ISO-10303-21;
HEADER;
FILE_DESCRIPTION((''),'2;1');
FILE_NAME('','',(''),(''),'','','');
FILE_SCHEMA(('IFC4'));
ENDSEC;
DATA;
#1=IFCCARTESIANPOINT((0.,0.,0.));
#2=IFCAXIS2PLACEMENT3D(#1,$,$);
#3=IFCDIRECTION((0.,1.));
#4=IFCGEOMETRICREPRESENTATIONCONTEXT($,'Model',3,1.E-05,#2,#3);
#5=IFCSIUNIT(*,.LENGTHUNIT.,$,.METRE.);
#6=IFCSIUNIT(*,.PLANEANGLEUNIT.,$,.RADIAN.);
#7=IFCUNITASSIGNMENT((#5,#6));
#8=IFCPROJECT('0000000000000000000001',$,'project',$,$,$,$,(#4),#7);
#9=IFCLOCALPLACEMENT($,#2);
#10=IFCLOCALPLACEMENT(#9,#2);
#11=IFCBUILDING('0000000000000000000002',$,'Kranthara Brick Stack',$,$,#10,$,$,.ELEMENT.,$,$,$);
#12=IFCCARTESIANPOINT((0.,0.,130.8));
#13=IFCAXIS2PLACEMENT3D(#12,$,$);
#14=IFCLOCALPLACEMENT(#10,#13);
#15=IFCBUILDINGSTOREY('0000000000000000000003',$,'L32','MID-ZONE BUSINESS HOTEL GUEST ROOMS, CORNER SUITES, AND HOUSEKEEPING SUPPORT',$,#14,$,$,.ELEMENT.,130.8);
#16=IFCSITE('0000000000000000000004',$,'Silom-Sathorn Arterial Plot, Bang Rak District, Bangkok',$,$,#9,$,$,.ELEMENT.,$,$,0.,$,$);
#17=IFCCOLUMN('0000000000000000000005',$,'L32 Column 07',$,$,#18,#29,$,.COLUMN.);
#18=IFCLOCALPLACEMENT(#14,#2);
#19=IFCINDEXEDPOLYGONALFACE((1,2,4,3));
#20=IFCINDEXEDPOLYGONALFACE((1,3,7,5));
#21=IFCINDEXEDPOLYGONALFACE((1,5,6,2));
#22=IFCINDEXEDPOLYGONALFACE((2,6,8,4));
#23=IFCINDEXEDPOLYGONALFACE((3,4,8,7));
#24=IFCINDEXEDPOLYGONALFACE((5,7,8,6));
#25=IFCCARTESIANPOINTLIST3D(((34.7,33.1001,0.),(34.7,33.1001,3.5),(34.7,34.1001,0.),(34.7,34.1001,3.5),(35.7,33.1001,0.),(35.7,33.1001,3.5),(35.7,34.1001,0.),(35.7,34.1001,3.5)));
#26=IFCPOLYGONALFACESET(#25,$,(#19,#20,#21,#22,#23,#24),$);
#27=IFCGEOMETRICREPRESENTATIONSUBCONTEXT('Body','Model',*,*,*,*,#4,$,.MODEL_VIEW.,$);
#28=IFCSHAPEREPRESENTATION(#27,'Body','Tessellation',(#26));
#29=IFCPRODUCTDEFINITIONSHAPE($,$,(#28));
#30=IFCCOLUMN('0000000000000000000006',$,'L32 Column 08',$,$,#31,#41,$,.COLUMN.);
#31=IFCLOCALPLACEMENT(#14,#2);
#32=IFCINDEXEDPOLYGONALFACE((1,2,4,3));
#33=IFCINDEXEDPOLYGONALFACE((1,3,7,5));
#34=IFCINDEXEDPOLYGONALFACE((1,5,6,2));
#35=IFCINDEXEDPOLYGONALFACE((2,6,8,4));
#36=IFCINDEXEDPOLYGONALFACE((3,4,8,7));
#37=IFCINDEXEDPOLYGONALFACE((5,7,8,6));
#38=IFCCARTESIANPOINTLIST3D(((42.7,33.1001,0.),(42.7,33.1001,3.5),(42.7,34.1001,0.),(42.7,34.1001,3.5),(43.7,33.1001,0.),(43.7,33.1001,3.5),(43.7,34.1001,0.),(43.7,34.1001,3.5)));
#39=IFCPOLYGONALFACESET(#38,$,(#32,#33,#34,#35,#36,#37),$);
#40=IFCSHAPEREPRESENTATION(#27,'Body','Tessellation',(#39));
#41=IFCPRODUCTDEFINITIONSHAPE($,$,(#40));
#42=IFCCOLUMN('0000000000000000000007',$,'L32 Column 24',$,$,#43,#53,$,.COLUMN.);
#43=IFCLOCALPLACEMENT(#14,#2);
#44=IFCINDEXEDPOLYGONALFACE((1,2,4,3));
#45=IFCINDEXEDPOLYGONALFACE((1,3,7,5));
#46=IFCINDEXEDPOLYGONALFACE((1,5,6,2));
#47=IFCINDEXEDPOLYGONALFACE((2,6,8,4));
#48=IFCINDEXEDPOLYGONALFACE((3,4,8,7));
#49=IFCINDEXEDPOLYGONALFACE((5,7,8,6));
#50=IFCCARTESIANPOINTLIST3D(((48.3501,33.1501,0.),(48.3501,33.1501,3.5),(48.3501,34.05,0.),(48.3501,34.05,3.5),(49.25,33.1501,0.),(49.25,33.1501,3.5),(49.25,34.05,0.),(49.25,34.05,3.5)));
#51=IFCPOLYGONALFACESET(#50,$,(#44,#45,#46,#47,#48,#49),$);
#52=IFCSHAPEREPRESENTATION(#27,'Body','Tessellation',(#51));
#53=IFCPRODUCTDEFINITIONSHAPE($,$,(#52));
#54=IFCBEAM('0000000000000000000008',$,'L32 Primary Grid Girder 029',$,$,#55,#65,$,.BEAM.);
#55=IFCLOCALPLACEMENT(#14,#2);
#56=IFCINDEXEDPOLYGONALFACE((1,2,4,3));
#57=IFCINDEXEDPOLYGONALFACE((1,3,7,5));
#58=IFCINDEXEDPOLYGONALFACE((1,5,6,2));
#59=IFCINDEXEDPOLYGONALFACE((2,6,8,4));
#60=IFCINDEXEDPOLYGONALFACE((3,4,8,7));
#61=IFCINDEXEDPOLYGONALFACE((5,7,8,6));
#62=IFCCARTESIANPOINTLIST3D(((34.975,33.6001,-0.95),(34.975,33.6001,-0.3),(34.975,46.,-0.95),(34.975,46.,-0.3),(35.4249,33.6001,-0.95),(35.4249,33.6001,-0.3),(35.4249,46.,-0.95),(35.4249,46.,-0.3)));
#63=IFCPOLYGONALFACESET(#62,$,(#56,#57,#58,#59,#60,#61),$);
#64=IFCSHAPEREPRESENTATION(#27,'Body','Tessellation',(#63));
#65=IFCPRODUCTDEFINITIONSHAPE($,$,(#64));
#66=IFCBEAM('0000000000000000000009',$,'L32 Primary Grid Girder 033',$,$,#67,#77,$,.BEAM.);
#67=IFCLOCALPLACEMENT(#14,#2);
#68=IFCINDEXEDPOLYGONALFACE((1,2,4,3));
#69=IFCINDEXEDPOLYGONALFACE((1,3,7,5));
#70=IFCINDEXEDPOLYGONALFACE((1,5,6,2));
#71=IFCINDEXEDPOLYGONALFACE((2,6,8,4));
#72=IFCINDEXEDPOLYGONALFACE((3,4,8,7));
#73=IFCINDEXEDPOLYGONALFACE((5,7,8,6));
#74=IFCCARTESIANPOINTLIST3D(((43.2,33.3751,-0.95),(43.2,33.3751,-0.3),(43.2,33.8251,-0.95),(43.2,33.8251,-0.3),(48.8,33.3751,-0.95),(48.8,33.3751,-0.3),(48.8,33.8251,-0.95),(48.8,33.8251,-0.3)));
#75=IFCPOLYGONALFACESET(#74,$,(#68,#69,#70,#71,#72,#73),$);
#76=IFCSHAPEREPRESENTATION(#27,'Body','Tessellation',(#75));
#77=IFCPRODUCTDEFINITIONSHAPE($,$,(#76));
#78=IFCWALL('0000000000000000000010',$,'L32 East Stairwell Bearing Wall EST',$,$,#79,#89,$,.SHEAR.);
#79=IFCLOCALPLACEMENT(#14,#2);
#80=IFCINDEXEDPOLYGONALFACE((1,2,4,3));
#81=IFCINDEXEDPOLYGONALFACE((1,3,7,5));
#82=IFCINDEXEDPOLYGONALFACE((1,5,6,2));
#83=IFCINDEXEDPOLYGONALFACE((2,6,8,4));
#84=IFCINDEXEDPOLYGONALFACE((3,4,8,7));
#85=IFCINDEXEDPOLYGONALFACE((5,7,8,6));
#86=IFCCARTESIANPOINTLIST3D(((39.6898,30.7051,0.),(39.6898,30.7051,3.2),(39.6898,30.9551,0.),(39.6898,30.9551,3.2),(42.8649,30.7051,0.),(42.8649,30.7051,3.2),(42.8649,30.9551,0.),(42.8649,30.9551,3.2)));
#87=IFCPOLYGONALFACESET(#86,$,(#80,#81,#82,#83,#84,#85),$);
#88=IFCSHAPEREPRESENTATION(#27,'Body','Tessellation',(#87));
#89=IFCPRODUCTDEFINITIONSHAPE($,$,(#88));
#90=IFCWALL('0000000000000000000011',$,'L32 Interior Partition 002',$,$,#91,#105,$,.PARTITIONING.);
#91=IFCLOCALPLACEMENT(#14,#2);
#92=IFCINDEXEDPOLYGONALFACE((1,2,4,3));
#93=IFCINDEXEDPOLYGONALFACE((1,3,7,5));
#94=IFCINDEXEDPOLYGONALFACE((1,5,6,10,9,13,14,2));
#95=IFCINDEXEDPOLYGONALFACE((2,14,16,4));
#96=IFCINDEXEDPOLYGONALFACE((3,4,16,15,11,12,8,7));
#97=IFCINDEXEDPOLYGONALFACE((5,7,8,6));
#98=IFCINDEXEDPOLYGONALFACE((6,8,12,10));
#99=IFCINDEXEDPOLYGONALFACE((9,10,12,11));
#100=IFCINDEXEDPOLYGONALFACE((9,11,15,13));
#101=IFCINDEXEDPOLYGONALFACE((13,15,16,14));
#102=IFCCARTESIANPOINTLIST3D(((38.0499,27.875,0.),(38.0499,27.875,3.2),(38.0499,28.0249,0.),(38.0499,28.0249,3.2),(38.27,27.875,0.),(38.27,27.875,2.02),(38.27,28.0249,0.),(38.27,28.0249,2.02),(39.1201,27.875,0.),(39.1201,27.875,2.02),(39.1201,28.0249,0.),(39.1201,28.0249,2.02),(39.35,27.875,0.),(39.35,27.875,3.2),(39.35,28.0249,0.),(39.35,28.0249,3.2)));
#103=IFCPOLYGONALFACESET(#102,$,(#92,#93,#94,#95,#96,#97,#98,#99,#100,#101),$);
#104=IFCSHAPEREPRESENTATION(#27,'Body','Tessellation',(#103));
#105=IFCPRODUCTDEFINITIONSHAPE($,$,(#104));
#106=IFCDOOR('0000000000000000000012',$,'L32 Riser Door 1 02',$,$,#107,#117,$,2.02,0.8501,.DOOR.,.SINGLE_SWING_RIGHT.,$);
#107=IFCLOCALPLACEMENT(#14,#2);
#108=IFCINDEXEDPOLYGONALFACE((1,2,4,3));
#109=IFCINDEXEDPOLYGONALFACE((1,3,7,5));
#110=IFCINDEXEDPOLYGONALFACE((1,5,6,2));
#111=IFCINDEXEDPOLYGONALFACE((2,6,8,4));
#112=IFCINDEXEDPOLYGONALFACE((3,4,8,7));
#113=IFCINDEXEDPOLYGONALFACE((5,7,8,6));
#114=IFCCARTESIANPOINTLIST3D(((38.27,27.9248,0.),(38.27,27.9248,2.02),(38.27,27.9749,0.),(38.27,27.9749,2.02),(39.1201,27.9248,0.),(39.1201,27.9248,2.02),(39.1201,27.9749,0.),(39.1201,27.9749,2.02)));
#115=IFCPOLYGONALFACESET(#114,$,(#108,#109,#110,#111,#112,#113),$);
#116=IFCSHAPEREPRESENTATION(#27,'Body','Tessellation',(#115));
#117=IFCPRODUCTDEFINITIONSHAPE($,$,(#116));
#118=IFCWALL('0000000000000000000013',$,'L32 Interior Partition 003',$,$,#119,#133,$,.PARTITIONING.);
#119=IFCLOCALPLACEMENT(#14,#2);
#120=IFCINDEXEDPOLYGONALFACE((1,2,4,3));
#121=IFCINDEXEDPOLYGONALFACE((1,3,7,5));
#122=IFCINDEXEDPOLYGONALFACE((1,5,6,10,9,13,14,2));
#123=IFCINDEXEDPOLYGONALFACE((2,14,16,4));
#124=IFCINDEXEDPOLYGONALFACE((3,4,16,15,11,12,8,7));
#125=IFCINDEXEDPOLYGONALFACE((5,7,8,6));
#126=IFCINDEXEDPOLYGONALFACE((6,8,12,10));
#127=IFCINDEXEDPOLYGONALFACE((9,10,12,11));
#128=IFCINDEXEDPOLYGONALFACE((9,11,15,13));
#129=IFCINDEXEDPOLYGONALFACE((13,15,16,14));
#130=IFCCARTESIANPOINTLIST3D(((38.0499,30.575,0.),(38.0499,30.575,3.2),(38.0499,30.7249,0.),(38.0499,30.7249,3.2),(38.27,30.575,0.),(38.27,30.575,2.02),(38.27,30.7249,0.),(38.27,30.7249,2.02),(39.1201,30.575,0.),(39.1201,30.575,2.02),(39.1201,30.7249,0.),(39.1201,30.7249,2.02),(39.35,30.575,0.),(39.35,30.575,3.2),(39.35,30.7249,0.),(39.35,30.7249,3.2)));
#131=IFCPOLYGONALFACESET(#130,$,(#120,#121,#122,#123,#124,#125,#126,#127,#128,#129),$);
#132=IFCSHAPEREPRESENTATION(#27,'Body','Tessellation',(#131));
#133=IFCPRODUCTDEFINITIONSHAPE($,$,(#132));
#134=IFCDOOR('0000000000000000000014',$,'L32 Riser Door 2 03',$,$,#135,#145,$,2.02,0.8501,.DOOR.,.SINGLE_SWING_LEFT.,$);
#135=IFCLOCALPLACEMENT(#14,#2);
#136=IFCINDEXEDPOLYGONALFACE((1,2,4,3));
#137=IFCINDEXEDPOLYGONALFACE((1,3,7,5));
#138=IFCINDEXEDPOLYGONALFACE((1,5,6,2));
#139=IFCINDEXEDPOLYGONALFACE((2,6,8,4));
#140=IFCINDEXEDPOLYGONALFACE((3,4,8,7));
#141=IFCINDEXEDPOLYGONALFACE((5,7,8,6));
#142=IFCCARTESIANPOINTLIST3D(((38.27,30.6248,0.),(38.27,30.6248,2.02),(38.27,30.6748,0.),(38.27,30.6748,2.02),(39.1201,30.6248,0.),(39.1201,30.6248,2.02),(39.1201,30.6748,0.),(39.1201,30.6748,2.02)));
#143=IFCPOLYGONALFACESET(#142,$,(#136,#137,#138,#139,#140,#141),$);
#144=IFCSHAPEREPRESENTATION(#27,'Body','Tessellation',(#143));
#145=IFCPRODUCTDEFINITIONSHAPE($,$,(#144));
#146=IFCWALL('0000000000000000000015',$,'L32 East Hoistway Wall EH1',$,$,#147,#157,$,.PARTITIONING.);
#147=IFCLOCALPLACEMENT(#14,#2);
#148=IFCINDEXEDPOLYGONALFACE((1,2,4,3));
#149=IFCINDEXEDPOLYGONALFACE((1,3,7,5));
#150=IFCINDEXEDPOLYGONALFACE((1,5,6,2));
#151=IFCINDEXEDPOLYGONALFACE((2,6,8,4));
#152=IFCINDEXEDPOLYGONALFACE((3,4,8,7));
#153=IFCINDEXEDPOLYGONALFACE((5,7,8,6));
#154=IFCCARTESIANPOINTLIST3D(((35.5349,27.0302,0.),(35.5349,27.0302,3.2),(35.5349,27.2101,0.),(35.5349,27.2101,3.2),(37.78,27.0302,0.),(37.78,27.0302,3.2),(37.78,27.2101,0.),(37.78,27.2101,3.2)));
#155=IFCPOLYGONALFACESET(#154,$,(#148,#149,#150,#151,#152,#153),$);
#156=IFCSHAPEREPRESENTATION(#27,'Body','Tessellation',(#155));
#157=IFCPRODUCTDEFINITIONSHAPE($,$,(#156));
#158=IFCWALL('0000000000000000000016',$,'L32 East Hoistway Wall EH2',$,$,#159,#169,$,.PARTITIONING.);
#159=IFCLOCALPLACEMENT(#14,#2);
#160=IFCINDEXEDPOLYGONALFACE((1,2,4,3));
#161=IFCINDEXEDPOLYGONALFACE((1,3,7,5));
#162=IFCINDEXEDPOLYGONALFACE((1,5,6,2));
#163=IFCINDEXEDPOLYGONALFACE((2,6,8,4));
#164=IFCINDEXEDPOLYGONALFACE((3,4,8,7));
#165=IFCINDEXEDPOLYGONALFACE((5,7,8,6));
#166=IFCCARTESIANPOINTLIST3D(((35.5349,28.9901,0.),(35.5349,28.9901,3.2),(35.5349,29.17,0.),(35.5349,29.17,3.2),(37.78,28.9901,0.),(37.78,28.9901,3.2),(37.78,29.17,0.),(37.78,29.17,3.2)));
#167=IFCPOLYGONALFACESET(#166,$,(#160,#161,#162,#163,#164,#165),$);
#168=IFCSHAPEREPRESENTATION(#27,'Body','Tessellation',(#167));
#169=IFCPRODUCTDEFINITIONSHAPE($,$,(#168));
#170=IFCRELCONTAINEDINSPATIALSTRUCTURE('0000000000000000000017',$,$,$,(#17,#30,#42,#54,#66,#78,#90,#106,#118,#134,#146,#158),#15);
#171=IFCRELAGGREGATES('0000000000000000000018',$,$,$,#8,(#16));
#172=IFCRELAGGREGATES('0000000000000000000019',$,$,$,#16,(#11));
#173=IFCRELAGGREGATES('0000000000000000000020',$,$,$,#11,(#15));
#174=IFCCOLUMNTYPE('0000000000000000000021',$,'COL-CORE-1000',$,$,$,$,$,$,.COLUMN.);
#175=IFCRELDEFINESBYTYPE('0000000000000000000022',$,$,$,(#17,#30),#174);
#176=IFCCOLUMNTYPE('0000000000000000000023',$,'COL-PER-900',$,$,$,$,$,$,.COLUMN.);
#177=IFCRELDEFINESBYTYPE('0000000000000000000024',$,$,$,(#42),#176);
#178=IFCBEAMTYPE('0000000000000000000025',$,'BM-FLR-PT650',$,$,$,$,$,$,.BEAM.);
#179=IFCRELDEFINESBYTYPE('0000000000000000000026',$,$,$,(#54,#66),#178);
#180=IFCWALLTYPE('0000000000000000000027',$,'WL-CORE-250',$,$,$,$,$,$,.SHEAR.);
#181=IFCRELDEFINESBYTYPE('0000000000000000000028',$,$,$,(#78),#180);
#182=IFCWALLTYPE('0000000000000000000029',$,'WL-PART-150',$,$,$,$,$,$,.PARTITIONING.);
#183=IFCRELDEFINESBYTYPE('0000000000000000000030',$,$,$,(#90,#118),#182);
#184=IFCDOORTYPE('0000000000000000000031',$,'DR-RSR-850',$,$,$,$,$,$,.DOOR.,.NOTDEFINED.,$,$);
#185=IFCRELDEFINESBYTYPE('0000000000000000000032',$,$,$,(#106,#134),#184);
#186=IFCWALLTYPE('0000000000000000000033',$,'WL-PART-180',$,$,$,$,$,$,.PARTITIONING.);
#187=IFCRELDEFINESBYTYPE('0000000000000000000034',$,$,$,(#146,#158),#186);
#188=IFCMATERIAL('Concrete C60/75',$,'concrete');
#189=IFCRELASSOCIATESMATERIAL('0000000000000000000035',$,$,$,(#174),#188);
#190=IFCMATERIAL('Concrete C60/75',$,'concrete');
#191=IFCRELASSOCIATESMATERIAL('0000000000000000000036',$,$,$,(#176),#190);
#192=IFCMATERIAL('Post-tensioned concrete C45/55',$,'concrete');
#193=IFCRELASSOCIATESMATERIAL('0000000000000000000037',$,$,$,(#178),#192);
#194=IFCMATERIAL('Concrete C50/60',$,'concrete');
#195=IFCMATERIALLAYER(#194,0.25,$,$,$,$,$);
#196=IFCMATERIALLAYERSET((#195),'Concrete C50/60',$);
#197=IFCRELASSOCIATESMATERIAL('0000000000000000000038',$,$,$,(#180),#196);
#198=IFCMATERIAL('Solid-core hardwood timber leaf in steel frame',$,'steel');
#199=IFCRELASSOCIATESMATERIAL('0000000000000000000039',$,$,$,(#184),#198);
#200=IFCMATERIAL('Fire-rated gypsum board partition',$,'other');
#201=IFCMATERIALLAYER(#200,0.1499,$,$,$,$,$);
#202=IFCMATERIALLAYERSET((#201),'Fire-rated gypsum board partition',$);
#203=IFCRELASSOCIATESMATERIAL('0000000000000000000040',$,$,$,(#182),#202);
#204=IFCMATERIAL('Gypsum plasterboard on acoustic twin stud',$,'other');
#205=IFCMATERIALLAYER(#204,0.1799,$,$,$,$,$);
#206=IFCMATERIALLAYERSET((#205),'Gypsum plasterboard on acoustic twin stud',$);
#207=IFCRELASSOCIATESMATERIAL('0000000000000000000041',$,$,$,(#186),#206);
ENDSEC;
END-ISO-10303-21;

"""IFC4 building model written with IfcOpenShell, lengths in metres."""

from ifc_helpers import new_model, si_unit, direction, frame, frame_2d, origin, origin_2d, place, context, subcontext, project, spatial, rectangle, extrude, material, layer, layer_set, material_profile, profile_set, type_object, element, fill, save


model = new_model("IFC4")

# Units and contexts
model_context = context("Model", 3, precision=1e-05, world=origin(), true_north=direction((0.0, 1.0)))
body_context = subcontext(model_context, "Body", "Model", "MODEL_VIEW")
ifc_project = project(units=[si_unit("LENGTHUNIT", "METRE"), si_unit("PLANEANGLEUNIT", "RADIAN")], contexts=[model_context])

# Site, building, storey
site_placement = place(None, origin())
site = spatial("IfcSite", under=ifc_project, at=site_placement, Name="Silom-Sathorn Arterial Plot, Bang Rak District, Bangkok", CompositionType="ELEMENT", RefElevation=0.0)
building_placement = place(site_placement, origin())
building = spatial("IfcBuilding", under=site, at=building_placement, Name="Kranthara Brick Stack", CompositionType="ELEMENT")
storey_placement = place(building_placement, frame((0.0, 0.0, 130.8)))
storey = spatial("IfcBuildingStorey", under=building, at=storey_placement, Name="L32", Description="MID-ZONE BUSINESS HOTEL GUEST ROOMS, CORNER SUITES, AND HOUSEKEEPING SUPPORT", CompositionType="ELEMENT", Elevation=130.8)

# Columns
ifc_material_1 = material(Name="Concrete C60/75", Category="concrete")
ifc_material_profile_1 = material_profile(ifc_material_1, rectangle(XDim=1.0, YDim=1.0, at=origin_2d()), Name="RC 1000x1000")
ifc_profile_set_1 = profile_set([ifc_material_profile_1], Name="Concrete C60/75")
column_type_1 = type_object("IfcColumnType", Name="COL-CORE-1000", PredefinedType="COLUMN", material=ifc_profile_set_1)
for number, where, z_axis, x_axis, name in (
    (1, (35.2, 33.6001, 0.0), (0.0, 0.0, 1.0), (1.0, 0.0, 0.0), "L32 Column 07"),
    (2, (43.2, 33.6001, 0.0), (0.0, 0.0, 1.0), (1.0, 0.0, 0.0), "L32 Column 08"),
):
    element("IfcColumn", number, at=place(storey_placement, frame(where, z_axis=z_axis, x_axis=x_axis)), inside=storey, type_object=column_type_1, Name=name, PredefinedType="COLUMN", context=body_context, shape_type="SweptSolid", body=[
        extrude(rectangle(XDim=1.0, YDim=1.0, at=origin_2d()), origin(), (0.0, 0.0, 1.0), 3.5),
    ])
ifc_material_2 = material(Name="Concrete C60/75", Category="concrete")
ifc_material_profile_2 = material_profile(ifc_material_2, rectangle(XDim=0.8999, YDim=0.8999, at=origin_2d()), Name="RC 900x900")
ifc_profile_set_2 = profile_set([ifc_material_profile_2], Name="Concrete C60/75")
column_type_2 = type_object("IfcColumnType", Name="COL-PER-900", PredefinedType="COLUMN", material=ifc_profile_set_2)
column_placement = place(storey_placement, frame((48.8, 33.6001, 0.0), z_axis=(0.0, 0.0, 1.0), x_axis=(1.0, 0.0, 0.0)))
element("IfcColumn", 3, at=column_placement, inside=storey, type_object=column_type_2, Name="L32 Column 24", PredefinedType="COLUMN", context=body_context, shape_type="SweptSolid", body=[
    extrude(rectangle(XDim=0.8999, YDim=0.8999, at=origin_2d()), origin(), (0.0, 0.0, 1.0), 3.5),
])

# Beams
ifc_material_3 = material(Name="Post-tensioned concrete C45/55", Category="concrete")
ifc_material_profile_3 = material_profile(ifc_material_3, rectangle(XDim=0.45, YDim=0.6499, at=origin_2d()), Name="PT 450x650")
ifc_profile_set_3 = profile_set([ifc_material_profile_3], Name="Post-tensioned concrete C45/55")
beam_type = type_object("IfcBeamType", Name="BM-FLR-PT650", PredefinedType="BEAM", material=ifc_profile_set_3)
beam_1_placement = place(storey_placement, frame((35.2, 33.6001, -0.625), z_axis=(0.0, 1.0, 0.0), x_axis=(-1.0, 0.0, 0.0)))
element("IfcBeam", 4, at=beam_1_placement, inside=storey, type_object=beam_type, Name="L32 Primary Grid Girder 029", PredefinedType="BEAM", context=body_context, shape_type="SweptSolid", body=[
    extrude(rectangle(XDim=0.45, YDim=0.6499, at=origin_2d()), origin(), (0.0, 0.0, 1.0), 12.3999),
])
beam_2_placement = place(storey_placement, frame((43.2, 33.6001, -0.625), z_axis=(1.0, 0.0, 0.0), x_axis=(0.0, 1.0, 0.0)))
element("IfcBeam", 5, at=beam_2_placement, inside=storey, type_object=beam_type, Name="L32 Primary Grid Girder 033", PredefinedType="BEAM", context=body_context, shape_type="SweptSolid", body=[
    extrude(rectangle(XDim=0.45, YDim=0.6499, at=origin_2d()), origin(), (0.0, 0.0, 1.0), 5.6001),
])

# Wall
ifc_material_4 = material(Name="Concrete C50/60", Category="concrete")
ifc_layer_1 = layer(ifc_material_4, 0.25)
ifc_layer_set_1 = layer_set([ifc_layer_1], Name="Concrete C50/60")
wall_type_1 = type_object("IfcWallType", Name="WL-CORE-250", PredefinedType="SHEAR", material=ifc_layer_set_1)
wall_1_placement = place(storey_placement, frame((39.6899, 30.8301, 0.0), z_axis=(0.0, 0.0, 1.0), x_axis=(1.0, 0.0, 0.0)))
element("IfcWall", 6, at=wall_1_placement, inside=storey, type_object=wall_type_1, Name="L32 East Stairwell Bearing Wall EST", PredefinedType="SHEAR", context=body_context, shape_type="SweptSolid", body=[
    extrude(rectangle(XDim=3.175, YDim=0.25, at=frame_2d((1.5874, 0.0))), origin(), (0.0, 0.0, 1.0), 3.2),
])

# Shared definitions
ifc_material_5 = material(Name="Solid-core hardwood timber leaf in steel frame", Category="steel")
door_type_1 = type_object("IfcDoorType", Name="DR-RSR-850", OperationType="NOTDEFINED", PredefinedType="DOOR", material=ifc_material_5)

# Walls, openings, doors
ifc_material_6 = material(Name="Fire-rated gypsum board partition", Category="other")
ifc_layer_2 = layer(ifc_material_6, 0.1499)
ifc_layer_set_2 = layer_set([ifc_layer_2], Name="Fire-rated gypsum board partition")
wall_type_2 = type_object("IfcWallType", Name="WL-PART-150", PredefinedType="PARTITIONING", material=ifc_layer_set_2)
wall_2_placement = place(storey_placement, frame((38.05, 27.95, 0.0), z_axis=(0.0, 0.0, 1.0), x_axis=(1.0, 0.0, 0.0)))
wall_2 = element("IfcWall", 7, at=wall_2_placement, inside=storey, type_object=wall_type_2, Name="L32 Interior Partition 002", PredefinedType="PARTITIONING", context=body_context, shape_type="SweptSolid", body=[
    extrude(rectangle(XDim=1.3, YDim=0.1499, at=frame_2d((0.6499, 0.0))), origin(), (0.0, 0.0, 1.0), 3.2),
])
opening_1_placement = place(wall_2_placement, frame((0.22, 0.0, 0.0)))
opening_1 = element("IfcOpeningElement", 8, at=opening_1_placement, cuts=wall_2, PredefinedType="OPENING", context=body_context, shape_type="SweptSolid", body=[
    extrude(rectangle(XDim=0.8501, YDim=2.02, at=frame_2d((0.425, 1.01))), frame((0.0, 0.085, 0.0), z_axis=(0.0, -1.0, 0.0), x_axis=(1.0, 0.0, 0.0)), (0.0, 0.0, 1.0), 0.1699),
])
door_1_placement = place(opening_1_placement, origin())
door_1 = element("IfcDoor", 9, at=door_1_placement, inside=storey, type_object=door_type_1, Name="L32 Riser Door 1 02", OperationType="SINGLE_SWING_RIGHT", OverallHeight=2.02, OverallWidth=0.8501, PredefinedType="DOOR", context=body_context, shape_type="SweptSolid", body=[
    extrude(rectangle(XDim=0.8501, YDim=2.02, at=frame_2d((0.425, 1.01))), frame((0.0, 0.0249, 0.0), z_axis=(0.0, -1.0, 0.0), x_axis=(1.0, 0.0, 0.0)), (0.0, 0.0, 1.0), 0.05),
])
fill(opening_1, door_1)
wall_3_placement = place(storey_placement, frame((38.05, 30.6499, 0.0), z_axis=(0.0, 0.0, 1.0), x_axis=(1.0, 0.0, 0.0)))
wall_3 = element("IfcWall", 10, at=wall_3_placement, inside=storey, type_object=wall_type_2, Name="L32 Interior Partition 003", PredefinedType="PARTITIONING", context=body_context, shape_type="SweptSolid", body=[
    extrude(rectangle(XDim=1.3, YDim=0.1499, at=frame_2d((0.6499, 0.0))), origin(), (0.0, 0.0, 1.0), 3.2),
])
opening_2_placement = place(wall_3_placement, frame((0.22, 0.0, 0.0)))
opening_2 = element("IfcOpeningElement", 11, at=opening_2_placement, cuts=wall_3, PredefinedType="OPENING", context=body_context, shape_type="SweptSolid", body=[
    extrude(rectangle(XDim=0.8501, YDim=2.02, at=frame_2d((0.425, 1.01))), frame((0.0, 0.085, 0.0), z_axis=(0.0, -1.0, 0.0), x_axis=(1.0, 0.0, 0.0)), (0.0, 0.0, 1.0), 0.1699),
])
door_2_placement = place(opening_2_placement, origin())
door_2 = element("IfcDoor", 12, at=door_2_placement, inside=storey, type_object=door_type_1, Name="L32 Riser Door 2 03", OperationType="SINGLE_SWING_LEFT", OverallHeight=2.02, OverallWidth=0.8501, PredefinedType="DOOR", context=body_context, shape_type="SweptSolid", body=[
    extrude(rectangle(XDim=0.8501, YDim=2.02, at=frame_2d((0.425, 1.01))), frame((0.0, 0.0249, 0.0), z_axis=(0.0, -1.0, 0.0), x_axis=(1.0, 0.0, 0.0)), (0.0, 0.0, 1.0), 0.05),
])
fill(opening_2, door_2)

# Walls
ifc_material_7 = material(Name="Gypsum plasterboard on acoustic twin stud", Category="other")
ifc_layer_3 = layer(ifc_material_7, 0.1799)
ifc_layer_set_3 = layer_set([ifc_layer_3], Name="Gypsum plasterboard on acoustic twin stud")
wall_type_3 = type_object("IfcWallType", Name="WL-PART-180", PredefinedType="PARTITIONING", material=ifc_layer_set_3)
for number, where, z_axis, x_axis, name in (
    (13, (35.5349, 27.1201, 0.0), (0.0, 0.0, 1.0), (1.0, 0.0, 0.0), "L32 East Hoistway Wall EH1"),
    (14, (35.5349, 29.0801, 0.0), (0.0, 0.0, 1.0), (1.0, 0.0, 0.0), "L32 East Hoistway Wall EH2"),
):
    element("IfcWall", number, at=place(storey_placement, frame(where, z_axis=z_axis, x_axis=x_axis)), inside=storey, type_object=wall_type_3, Name=name, PredefinedType="PARTITIONING", context=body_context, shape_type="SweptSolid", body=[
        extrude(rectangle(XDim=2.2451, YDim=0.1799, at=frame_2d((1.1226, 0.0))), origin(), (0.0, 0.0, 1.0), 3.2),
    ])

save(model, "model.ifc")
